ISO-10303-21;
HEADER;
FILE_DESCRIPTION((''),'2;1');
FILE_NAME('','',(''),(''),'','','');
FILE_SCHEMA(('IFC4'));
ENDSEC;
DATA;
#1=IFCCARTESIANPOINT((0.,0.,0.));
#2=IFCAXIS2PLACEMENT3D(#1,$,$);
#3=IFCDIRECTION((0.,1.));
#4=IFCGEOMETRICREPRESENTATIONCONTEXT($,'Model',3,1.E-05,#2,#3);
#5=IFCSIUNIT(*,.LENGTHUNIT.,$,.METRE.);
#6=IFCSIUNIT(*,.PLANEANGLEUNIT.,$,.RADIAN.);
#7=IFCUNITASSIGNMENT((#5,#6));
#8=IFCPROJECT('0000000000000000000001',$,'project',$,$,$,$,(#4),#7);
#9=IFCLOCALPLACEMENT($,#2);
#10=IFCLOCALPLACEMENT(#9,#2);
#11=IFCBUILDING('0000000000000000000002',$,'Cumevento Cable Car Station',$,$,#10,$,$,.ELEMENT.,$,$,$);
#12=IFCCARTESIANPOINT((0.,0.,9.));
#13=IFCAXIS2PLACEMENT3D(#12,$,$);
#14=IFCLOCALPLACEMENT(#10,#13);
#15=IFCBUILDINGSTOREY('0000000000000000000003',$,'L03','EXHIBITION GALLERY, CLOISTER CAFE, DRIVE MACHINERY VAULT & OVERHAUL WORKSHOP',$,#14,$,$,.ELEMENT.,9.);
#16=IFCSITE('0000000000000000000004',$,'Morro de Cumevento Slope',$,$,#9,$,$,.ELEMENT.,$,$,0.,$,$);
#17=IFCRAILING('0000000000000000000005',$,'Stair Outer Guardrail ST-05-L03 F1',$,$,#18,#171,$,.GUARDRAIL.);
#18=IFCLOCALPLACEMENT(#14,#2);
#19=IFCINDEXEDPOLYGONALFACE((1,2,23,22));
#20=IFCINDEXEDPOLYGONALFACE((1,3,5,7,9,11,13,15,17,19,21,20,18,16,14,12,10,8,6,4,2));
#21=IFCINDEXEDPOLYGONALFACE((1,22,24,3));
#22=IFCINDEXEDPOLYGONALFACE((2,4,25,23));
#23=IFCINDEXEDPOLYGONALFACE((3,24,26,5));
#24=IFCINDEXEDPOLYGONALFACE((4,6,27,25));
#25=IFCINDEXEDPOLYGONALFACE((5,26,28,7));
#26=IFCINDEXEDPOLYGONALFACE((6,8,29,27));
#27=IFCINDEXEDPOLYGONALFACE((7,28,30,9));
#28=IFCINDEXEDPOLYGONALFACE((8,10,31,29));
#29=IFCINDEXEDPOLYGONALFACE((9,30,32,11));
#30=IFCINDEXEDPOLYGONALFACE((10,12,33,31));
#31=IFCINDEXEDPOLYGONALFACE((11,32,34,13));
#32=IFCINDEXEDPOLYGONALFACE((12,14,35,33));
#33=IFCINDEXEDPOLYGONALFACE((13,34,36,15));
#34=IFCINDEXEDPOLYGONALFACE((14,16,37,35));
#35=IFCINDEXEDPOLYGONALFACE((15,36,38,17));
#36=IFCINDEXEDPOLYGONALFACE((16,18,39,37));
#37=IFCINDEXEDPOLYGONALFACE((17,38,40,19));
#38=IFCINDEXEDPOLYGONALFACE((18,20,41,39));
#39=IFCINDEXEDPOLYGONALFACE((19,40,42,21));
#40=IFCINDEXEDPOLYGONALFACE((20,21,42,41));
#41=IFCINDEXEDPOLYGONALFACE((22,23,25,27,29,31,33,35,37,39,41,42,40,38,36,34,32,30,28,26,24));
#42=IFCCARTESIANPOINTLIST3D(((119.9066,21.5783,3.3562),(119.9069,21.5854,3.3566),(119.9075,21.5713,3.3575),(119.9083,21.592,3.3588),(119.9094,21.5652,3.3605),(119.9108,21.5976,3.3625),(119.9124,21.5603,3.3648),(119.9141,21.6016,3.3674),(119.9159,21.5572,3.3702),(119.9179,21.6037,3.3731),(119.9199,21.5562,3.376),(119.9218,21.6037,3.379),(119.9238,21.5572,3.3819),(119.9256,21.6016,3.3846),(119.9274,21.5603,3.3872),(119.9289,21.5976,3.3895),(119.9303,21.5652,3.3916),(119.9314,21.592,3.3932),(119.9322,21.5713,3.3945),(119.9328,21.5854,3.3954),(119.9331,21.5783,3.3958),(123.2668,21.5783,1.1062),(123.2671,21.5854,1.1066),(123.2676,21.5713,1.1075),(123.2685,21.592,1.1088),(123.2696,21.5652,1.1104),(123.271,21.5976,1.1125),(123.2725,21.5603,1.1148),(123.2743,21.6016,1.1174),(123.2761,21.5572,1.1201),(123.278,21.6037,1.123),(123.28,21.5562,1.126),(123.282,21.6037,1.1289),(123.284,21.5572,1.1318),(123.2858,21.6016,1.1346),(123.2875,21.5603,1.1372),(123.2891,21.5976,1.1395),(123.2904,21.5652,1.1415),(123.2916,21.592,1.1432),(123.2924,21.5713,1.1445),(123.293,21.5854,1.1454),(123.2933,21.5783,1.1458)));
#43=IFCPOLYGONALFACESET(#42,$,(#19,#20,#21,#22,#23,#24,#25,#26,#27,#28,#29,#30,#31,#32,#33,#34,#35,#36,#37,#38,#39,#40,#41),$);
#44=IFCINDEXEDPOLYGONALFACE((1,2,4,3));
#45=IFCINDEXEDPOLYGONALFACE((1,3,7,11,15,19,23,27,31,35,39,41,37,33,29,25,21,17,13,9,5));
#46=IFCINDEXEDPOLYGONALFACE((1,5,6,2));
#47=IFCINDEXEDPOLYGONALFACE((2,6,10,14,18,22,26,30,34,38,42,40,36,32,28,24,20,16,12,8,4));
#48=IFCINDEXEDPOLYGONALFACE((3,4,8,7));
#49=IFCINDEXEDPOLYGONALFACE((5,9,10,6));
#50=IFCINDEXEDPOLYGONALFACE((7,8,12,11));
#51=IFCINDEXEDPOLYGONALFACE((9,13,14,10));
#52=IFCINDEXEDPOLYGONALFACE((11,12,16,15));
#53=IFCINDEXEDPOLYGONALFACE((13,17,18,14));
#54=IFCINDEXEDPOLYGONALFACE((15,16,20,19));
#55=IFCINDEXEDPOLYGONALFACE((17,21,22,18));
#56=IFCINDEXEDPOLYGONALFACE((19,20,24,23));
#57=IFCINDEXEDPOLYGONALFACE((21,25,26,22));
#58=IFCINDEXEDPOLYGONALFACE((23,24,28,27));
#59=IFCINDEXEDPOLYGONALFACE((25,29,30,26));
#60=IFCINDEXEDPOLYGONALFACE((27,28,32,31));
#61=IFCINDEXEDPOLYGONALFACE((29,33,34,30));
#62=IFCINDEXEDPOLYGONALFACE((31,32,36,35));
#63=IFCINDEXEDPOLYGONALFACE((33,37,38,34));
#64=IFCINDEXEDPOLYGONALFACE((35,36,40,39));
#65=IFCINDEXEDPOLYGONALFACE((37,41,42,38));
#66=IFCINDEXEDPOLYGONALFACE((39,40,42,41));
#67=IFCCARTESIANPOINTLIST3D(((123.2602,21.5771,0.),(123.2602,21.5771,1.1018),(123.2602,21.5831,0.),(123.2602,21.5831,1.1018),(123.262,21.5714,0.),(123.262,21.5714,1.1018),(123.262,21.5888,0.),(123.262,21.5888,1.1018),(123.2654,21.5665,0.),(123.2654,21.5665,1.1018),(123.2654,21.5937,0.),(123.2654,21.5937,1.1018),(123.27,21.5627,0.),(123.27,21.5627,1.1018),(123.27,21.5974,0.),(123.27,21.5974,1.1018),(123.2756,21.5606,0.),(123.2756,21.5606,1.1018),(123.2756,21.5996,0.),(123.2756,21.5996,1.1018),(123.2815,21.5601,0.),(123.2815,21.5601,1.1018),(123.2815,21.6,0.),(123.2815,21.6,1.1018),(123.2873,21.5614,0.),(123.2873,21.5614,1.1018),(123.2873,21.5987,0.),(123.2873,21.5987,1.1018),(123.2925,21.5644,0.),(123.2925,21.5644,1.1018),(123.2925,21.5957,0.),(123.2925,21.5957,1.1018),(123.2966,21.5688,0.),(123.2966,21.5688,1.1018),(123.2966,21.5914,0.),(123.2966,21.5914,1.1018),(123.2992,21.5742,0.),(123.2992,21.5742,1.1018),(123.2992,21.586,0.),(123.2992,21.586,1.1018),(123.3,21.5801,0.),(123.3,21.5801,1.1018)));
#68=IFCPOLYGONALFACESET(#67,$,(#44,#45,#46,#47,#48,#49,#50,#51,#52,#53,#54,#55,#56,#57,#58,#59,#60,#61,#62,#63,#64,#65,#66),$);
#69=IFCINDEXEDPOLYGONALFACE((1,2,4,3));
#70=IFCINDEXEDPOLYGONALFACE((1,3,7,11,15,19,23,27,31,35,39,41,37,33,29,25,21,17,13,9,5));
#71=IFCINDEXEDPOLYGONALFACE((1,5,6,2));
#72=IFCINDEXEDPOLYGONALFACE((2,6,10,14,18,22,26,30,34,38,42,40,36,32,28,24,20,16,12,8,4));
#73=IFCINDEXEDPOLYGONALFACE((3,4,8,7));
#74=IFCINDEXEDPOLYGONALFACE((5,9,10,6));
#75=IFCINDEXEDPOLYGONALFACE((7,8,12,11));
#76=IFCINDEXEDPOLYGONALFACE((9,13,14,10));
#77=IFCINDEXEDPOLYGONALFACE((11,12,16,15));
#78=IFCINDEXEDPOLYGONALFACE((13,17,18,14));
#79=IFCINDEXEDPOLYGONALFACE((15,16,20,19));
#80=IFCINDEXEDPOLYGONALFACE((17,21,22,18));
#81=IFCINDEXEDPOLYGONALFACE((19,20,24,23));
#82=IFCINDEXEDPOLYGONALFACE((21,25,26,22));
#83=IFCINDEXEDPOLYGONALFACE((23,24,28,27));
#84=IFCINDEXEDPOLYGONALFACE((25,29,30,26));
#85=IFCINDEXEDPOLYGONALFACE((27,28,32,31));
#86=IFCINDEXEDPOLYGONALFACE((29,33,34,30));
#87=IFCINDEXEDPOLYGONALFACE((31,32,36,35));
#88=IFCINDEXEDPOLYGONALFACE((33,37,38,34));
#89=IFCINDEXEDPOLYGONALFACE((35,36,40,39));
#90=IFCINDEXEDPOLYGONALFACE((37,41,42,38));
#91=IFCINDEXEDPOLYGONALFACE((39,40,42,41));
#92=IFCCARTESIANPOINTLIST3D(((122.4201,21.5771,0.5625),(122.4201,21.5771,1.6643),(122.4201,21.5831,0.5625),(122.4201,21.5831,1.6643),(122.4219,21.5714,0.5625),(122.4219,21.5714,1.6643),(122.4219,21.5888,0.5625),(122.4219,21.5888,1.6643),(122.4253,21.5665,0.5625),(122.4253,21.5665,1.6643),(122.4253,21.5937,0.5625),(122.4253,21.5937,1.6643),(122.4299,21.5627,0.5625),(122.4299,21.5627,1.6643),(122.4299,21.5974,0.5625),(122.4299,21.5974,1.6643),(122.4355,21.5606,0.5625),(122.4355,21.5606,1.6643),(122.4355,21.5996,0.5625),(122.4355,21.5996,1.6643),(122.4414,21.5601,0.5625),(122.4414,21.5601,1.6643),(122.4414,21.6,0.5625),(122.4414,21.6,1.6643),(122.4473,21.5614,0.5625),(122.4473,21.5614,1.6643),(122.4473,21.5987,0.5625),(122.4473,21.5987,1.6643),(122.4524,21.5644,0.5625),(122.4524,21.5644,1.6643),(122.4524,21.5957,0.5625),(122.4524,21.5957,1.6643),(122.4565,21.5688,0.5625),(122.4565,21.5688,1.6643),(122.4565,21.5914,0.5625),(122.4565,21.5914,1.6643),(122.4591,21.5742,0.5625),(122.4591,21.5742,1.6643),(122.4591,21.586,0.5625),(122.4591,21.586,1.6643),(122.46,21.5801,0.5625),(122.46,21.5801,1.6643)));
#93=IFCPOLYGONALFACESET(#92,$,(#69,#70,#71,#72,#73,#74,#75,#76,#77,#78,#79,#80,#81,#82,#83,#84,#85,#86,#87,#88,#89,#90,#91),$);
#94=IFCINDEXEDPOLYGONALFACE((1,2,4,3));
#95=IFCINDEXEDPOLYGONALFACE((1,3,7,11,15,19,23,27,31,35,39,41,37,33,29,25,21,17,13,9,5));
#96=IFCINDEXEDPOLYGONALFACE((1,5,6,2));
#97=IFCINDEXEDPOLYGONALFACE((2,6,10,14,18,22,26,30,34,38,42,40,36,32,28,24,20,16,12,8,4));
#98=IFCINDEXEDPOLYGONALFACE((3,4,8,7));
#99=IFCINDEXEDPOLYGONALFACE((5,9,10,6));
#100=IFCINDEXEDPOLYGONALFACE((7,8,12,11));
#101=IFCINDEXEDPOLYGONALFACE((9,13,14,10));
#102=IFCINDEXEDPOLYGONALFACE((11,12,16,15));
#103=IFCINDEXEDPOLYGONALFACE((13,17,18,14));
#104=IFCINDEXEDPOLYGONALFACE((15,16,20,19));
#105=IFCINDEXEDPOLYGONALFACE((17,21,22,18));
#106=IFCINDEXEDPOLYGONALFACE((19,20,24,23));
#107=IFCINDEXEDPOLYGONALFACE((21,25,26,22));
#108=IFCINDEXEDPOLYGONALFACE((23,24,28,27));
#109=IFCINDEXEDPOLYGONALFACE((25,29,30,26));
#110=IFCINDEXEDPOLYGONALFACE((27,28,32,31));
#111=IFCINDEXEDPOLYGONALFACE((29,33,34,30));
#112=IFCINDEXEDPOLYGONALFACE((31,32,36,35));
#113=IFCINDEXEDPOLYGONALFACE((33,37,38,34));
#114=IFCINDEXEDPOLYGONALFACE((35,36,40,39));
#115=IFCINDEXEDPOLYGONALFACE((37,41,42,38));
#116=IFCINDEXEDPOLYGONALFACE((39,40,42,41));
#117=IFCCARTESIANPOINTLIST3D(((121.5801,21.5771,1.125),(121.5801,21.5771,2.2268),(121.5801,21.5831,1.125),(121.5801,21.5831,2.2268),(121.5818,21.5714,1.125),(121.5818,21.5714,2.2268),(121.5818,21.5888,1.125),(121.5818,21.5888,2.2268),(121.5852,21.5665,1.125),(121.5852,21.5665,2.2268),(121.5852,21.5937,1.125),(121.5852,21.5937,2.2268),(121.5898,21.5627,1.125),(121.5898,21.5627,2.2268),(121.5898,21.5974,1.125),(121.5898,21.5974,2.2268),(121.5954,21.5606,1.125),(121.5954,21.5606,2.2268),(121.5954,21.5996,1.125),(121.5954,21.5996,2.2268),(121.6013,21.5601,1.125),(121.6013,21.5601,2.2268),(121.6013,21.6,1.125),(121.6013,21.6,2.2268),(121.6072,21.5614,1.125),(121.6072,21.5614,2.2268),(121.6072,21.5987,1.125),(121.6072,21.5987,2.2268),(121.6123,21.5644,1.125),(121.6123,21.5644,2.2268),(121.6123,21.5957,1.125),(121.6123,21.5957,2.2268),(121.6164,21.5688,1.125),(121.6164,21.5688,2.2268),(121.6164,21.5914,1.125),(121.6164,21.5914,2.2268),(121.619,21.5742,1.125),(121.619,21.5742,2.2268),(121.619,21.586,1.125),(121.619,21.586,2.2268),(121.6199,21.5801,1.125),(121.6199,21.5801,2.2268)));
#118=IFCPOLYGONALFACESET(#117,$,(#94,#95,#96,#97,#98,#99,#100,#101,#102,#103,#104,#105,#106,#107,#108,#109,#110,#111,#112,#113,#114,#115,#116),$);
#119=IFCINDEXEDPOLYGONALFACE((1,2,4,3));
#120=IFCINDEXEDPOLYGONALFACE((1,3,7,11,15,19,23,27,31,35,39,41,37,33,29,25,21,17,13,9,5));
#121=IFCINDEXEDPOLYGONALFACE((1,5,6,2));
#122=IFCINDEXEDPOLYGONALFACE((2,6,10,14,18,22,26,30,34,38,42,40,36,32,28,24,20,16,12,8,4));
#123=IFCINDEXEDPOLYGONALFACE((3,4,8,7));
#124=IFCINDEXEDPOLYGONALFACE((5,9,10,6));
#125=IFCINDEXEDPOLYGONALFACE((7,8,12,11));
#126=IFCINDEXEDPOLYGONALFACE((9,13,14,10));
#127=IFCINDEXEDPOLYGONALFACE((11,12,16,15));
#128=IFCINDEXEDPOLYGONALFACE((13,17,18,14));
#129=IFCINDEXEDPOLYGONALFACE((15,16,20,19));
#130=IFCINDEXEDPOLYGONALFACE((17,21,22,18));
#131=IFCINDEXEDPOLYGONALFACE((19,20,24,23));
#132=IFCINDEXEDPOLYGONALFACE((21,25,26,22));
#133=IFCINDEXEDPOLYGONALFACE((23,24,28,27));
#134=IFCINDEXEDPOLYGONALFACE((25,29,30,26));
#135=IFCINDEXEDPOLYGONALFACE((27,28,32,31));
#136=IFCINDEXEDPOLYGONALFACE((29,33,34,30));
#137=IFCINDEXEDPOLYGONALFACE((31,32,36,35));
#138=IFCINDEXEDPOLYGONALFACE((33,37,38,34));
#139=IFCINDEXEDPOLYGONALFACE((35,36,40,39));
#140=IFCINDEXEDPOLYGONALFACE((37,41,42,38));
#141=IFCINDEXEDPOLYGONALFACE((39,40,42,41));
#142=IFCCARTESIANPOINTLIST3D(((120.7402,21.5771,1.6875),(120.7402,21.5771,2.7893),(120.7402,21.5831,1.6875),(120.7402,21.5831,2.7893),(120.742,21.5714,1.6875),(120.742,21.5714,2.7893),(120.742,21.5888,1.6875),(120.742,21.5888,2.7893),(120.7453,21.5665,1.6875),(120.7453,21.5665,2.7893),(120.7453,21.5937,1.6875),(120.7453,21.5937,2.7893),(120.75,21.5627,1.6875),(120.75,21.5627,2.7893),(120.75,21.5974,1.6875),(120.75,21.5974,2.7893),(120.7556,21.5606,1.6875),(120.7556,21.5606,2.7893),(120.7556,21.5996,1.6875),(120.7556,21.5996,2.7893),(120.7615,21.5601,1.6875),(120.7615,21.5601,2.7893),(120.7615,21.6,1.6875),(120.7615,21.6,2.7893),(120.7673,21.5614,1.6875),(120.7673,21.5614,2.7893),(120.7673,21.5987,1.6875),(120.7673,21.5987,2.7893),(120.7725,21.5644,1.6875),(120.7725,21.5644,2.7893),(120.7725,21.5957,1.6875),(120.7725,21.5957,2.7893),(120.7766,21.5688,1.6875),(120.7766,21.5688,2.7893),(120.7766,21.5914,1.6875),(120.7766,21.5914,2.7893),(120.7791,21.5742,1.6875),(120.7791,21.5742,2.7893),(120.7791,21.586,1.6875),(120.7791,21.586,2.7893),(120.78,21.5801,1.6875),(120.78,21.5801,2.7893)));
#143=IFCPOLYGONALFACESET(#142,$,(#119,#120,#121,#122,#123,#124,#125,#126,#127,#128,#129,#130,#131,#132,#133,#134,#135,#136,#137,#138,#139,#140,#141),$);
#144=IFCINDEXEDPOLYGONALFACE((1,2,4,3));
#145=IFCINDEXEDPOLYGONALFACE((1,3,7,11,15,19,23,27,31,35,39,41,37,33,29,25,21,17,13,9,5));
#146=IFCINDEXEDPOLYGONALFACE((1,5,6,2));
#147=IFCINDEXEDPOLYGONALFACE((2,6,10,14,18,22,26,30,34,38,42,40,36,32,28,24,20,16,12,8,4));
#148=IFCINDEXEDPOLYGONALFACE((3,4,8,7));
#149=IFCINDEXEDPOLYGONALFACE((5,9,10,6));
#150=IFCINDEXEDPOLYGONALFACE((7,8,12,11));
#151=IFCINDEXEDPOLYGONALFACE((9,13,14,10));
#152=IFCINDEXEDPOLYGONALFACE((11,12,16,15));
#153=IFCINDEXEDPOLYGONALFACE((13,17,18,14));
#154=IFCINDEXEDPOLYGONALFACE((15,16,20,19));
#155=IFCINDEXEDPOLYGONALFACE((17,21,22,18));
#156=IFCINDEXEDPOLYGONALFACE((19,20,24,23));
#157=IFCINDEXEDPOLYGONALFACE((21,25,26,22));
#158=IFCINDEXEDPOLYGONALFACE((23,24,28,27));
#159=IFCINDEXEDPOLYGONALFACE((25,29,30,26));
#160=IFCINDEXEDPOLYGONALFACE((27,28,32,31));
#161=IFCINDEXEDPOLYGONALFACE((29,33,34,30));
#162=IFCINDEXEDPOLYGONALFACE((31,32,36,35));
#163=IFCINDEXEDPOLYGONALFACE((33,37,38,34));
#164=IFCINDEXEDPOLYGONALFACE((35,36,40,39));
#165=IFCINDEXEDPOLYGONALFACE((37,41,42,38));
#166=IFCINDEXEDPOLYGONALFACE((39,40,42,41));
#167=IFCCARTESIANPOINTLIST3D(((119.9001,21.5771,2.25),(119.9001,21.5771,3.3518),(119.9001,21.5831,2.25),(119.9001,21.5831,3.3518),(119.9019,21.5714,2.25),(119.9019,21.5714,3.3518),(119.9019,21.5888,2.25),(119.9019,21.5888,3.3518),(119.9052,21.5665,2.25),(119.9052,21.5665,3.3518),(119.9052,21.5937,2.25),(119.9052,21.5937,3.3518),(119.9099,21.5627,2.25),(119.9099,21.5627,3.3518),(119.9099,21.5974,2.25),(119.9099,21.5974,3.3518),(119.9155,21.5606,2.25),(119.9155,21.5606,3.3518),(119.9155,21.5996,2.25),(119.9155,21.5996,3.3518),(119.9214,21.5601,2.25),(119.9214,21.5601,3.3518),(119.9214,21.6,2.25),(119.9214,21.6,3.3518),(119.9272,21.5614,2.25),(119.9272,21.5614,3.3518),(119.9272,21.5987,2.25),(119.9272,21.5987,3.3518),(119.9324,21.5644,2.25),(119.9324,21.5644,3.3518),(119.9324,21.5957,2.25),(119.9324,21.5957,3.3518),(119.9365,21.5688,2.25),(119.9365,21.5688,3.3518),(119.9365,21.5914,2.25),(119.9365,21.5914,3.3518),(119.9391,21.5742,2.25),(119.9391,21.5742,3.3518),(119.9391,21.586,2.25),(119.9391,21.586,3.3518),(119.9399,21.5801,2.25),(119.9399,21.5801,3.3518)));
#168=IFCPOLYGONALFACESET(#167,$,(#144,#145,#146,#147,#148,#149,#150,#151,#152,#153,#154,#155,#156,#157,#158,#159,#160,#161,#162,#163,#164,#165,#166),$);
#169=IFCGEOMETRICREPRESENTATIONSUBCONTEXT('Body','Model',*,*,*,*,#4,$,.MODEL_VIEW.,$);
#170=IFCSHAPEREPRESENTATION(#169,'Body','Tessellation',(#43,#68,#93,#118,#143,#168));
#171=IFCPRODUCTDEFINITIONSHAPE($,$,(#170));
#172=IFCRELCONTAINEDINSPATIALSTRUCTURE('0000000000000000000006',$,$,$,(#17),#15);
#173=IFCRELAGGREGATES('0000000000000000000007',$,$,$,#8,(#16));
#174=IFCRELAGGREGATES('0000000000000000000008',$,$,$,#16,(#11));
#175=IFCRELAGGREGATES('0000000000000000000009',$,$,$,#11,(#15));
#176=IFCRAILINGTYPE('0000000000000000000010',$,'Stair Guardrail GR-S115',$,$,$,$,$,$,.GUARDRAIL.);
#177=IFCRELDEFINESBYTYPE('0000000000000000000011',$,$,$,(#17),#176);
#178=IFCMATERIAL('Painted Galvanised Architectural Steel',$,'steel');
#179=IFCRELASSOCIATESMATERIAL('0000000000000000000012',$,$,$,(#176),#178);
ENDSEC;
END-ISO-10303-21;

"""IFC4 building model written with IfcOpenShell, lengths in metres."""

from ifc_helpers import new_model, si_unit, direction, frame, origin, origin_2d, place, context, subcontext, project, spatial, circle, extrude, material, type_object, element, save


model = new_model("IFC4")

# Units and contexts
model_context = context("Model", 3, precision=1e-05, world=origin(), true_north=direction((0.0, 1.0)))
body_context = subcontext(model_context, "Body", "Model", "MODEL_VIEW")
ifc_project = project(units=[si_unit("LENGTHUNIT", "METRE"), si_unit("PLANEANGLEUNIT", "RADIAN")], contexts=[model_context])

# Site, building, storey
site_placement = place(None, origin())
site = spatial("IfcSite", under=ifc_project, at=site_placement, Name="Morro de Cumevento Slope", CompositionType="ELEMENT", RefElevation=0.0)
building_placement = place(site_placement, origin())
building = spatial("IfcBuilding", under=site, at=building_placement, Name="Cumevento Cable Car Station", CompositionType="ELEMENT")
storey_placement = place(building_placement, frame((0.0, 0.0, 9.0)))
storey = spatial("IfcBuildingStorey", under=building, at=storey_placement, Name="L03", Description="EXHIBITION GALLERY, CLOISTER CAFE, DRIVE MACHINERY VAULT & OVERHAUL WORKSHOP", CompositionType="ELEMENT", Elevation=9.0)

# Railing
ifc_material_1 = material(Name="Painted Galvanised Architectural Steel", Category="steel")
railing_type_1 = type_object("IfcRailingType", Name="Stair Guardrail GR-S115", PredefinedType="GUARDRAIL", material=ifc_material_1)
railing_1_placement = place(storey_placement, frame((123.28, 21.5801, 0.0)))
element("IfcRailing", 1, at=railing_1_placement, inside=storey, type_object=railing_type_1, Name="Stair Outer Guardrail ST-05-L03 F1", PredefinedType="GUARDRAIL", context=body_context, shape_type="SweptSolid", body=[
    extrude(circle(Radius=0.0239, at=origin_2d()), frame((0.0, 0.0, 1.126), z_axis=(-0.830915, 0.0, 0.556399), x_axis=(0.0, -1.0, 0.0)), (0.0, 0.0, 1.0), 4.0439),
    extrude(circle(Radius=0.02, at=origin_2d()), origin(), (0.0, 0.0, 1.0), 1.1018),
    extrude(circle(Radius=0.02, at=origin_2d()), frame((-0.8401, 0.0, 0.5625)), (0.0, 0.0, 1.0), 1.1018),
    extrude(circle(Radius=0.02, at=origin_2d()), frame((-1.6802, 0.0, 1.125)), (0.0, 0.0, 1.0), 1.1018),
    extrude(circle(Radius=0.02, at=origin_2d()), frame((-2.52, 0.0, 1.6875)), (0.0, 0.0, 1.0), 1.1018),
    extrude(circle(Radius=0.02, at=origin_2d()), frame((-3.3601, 0.0, 2.25)), (0.0, 0.0, 1.0), 1.1018),
])

save(model, "model.ifc")
